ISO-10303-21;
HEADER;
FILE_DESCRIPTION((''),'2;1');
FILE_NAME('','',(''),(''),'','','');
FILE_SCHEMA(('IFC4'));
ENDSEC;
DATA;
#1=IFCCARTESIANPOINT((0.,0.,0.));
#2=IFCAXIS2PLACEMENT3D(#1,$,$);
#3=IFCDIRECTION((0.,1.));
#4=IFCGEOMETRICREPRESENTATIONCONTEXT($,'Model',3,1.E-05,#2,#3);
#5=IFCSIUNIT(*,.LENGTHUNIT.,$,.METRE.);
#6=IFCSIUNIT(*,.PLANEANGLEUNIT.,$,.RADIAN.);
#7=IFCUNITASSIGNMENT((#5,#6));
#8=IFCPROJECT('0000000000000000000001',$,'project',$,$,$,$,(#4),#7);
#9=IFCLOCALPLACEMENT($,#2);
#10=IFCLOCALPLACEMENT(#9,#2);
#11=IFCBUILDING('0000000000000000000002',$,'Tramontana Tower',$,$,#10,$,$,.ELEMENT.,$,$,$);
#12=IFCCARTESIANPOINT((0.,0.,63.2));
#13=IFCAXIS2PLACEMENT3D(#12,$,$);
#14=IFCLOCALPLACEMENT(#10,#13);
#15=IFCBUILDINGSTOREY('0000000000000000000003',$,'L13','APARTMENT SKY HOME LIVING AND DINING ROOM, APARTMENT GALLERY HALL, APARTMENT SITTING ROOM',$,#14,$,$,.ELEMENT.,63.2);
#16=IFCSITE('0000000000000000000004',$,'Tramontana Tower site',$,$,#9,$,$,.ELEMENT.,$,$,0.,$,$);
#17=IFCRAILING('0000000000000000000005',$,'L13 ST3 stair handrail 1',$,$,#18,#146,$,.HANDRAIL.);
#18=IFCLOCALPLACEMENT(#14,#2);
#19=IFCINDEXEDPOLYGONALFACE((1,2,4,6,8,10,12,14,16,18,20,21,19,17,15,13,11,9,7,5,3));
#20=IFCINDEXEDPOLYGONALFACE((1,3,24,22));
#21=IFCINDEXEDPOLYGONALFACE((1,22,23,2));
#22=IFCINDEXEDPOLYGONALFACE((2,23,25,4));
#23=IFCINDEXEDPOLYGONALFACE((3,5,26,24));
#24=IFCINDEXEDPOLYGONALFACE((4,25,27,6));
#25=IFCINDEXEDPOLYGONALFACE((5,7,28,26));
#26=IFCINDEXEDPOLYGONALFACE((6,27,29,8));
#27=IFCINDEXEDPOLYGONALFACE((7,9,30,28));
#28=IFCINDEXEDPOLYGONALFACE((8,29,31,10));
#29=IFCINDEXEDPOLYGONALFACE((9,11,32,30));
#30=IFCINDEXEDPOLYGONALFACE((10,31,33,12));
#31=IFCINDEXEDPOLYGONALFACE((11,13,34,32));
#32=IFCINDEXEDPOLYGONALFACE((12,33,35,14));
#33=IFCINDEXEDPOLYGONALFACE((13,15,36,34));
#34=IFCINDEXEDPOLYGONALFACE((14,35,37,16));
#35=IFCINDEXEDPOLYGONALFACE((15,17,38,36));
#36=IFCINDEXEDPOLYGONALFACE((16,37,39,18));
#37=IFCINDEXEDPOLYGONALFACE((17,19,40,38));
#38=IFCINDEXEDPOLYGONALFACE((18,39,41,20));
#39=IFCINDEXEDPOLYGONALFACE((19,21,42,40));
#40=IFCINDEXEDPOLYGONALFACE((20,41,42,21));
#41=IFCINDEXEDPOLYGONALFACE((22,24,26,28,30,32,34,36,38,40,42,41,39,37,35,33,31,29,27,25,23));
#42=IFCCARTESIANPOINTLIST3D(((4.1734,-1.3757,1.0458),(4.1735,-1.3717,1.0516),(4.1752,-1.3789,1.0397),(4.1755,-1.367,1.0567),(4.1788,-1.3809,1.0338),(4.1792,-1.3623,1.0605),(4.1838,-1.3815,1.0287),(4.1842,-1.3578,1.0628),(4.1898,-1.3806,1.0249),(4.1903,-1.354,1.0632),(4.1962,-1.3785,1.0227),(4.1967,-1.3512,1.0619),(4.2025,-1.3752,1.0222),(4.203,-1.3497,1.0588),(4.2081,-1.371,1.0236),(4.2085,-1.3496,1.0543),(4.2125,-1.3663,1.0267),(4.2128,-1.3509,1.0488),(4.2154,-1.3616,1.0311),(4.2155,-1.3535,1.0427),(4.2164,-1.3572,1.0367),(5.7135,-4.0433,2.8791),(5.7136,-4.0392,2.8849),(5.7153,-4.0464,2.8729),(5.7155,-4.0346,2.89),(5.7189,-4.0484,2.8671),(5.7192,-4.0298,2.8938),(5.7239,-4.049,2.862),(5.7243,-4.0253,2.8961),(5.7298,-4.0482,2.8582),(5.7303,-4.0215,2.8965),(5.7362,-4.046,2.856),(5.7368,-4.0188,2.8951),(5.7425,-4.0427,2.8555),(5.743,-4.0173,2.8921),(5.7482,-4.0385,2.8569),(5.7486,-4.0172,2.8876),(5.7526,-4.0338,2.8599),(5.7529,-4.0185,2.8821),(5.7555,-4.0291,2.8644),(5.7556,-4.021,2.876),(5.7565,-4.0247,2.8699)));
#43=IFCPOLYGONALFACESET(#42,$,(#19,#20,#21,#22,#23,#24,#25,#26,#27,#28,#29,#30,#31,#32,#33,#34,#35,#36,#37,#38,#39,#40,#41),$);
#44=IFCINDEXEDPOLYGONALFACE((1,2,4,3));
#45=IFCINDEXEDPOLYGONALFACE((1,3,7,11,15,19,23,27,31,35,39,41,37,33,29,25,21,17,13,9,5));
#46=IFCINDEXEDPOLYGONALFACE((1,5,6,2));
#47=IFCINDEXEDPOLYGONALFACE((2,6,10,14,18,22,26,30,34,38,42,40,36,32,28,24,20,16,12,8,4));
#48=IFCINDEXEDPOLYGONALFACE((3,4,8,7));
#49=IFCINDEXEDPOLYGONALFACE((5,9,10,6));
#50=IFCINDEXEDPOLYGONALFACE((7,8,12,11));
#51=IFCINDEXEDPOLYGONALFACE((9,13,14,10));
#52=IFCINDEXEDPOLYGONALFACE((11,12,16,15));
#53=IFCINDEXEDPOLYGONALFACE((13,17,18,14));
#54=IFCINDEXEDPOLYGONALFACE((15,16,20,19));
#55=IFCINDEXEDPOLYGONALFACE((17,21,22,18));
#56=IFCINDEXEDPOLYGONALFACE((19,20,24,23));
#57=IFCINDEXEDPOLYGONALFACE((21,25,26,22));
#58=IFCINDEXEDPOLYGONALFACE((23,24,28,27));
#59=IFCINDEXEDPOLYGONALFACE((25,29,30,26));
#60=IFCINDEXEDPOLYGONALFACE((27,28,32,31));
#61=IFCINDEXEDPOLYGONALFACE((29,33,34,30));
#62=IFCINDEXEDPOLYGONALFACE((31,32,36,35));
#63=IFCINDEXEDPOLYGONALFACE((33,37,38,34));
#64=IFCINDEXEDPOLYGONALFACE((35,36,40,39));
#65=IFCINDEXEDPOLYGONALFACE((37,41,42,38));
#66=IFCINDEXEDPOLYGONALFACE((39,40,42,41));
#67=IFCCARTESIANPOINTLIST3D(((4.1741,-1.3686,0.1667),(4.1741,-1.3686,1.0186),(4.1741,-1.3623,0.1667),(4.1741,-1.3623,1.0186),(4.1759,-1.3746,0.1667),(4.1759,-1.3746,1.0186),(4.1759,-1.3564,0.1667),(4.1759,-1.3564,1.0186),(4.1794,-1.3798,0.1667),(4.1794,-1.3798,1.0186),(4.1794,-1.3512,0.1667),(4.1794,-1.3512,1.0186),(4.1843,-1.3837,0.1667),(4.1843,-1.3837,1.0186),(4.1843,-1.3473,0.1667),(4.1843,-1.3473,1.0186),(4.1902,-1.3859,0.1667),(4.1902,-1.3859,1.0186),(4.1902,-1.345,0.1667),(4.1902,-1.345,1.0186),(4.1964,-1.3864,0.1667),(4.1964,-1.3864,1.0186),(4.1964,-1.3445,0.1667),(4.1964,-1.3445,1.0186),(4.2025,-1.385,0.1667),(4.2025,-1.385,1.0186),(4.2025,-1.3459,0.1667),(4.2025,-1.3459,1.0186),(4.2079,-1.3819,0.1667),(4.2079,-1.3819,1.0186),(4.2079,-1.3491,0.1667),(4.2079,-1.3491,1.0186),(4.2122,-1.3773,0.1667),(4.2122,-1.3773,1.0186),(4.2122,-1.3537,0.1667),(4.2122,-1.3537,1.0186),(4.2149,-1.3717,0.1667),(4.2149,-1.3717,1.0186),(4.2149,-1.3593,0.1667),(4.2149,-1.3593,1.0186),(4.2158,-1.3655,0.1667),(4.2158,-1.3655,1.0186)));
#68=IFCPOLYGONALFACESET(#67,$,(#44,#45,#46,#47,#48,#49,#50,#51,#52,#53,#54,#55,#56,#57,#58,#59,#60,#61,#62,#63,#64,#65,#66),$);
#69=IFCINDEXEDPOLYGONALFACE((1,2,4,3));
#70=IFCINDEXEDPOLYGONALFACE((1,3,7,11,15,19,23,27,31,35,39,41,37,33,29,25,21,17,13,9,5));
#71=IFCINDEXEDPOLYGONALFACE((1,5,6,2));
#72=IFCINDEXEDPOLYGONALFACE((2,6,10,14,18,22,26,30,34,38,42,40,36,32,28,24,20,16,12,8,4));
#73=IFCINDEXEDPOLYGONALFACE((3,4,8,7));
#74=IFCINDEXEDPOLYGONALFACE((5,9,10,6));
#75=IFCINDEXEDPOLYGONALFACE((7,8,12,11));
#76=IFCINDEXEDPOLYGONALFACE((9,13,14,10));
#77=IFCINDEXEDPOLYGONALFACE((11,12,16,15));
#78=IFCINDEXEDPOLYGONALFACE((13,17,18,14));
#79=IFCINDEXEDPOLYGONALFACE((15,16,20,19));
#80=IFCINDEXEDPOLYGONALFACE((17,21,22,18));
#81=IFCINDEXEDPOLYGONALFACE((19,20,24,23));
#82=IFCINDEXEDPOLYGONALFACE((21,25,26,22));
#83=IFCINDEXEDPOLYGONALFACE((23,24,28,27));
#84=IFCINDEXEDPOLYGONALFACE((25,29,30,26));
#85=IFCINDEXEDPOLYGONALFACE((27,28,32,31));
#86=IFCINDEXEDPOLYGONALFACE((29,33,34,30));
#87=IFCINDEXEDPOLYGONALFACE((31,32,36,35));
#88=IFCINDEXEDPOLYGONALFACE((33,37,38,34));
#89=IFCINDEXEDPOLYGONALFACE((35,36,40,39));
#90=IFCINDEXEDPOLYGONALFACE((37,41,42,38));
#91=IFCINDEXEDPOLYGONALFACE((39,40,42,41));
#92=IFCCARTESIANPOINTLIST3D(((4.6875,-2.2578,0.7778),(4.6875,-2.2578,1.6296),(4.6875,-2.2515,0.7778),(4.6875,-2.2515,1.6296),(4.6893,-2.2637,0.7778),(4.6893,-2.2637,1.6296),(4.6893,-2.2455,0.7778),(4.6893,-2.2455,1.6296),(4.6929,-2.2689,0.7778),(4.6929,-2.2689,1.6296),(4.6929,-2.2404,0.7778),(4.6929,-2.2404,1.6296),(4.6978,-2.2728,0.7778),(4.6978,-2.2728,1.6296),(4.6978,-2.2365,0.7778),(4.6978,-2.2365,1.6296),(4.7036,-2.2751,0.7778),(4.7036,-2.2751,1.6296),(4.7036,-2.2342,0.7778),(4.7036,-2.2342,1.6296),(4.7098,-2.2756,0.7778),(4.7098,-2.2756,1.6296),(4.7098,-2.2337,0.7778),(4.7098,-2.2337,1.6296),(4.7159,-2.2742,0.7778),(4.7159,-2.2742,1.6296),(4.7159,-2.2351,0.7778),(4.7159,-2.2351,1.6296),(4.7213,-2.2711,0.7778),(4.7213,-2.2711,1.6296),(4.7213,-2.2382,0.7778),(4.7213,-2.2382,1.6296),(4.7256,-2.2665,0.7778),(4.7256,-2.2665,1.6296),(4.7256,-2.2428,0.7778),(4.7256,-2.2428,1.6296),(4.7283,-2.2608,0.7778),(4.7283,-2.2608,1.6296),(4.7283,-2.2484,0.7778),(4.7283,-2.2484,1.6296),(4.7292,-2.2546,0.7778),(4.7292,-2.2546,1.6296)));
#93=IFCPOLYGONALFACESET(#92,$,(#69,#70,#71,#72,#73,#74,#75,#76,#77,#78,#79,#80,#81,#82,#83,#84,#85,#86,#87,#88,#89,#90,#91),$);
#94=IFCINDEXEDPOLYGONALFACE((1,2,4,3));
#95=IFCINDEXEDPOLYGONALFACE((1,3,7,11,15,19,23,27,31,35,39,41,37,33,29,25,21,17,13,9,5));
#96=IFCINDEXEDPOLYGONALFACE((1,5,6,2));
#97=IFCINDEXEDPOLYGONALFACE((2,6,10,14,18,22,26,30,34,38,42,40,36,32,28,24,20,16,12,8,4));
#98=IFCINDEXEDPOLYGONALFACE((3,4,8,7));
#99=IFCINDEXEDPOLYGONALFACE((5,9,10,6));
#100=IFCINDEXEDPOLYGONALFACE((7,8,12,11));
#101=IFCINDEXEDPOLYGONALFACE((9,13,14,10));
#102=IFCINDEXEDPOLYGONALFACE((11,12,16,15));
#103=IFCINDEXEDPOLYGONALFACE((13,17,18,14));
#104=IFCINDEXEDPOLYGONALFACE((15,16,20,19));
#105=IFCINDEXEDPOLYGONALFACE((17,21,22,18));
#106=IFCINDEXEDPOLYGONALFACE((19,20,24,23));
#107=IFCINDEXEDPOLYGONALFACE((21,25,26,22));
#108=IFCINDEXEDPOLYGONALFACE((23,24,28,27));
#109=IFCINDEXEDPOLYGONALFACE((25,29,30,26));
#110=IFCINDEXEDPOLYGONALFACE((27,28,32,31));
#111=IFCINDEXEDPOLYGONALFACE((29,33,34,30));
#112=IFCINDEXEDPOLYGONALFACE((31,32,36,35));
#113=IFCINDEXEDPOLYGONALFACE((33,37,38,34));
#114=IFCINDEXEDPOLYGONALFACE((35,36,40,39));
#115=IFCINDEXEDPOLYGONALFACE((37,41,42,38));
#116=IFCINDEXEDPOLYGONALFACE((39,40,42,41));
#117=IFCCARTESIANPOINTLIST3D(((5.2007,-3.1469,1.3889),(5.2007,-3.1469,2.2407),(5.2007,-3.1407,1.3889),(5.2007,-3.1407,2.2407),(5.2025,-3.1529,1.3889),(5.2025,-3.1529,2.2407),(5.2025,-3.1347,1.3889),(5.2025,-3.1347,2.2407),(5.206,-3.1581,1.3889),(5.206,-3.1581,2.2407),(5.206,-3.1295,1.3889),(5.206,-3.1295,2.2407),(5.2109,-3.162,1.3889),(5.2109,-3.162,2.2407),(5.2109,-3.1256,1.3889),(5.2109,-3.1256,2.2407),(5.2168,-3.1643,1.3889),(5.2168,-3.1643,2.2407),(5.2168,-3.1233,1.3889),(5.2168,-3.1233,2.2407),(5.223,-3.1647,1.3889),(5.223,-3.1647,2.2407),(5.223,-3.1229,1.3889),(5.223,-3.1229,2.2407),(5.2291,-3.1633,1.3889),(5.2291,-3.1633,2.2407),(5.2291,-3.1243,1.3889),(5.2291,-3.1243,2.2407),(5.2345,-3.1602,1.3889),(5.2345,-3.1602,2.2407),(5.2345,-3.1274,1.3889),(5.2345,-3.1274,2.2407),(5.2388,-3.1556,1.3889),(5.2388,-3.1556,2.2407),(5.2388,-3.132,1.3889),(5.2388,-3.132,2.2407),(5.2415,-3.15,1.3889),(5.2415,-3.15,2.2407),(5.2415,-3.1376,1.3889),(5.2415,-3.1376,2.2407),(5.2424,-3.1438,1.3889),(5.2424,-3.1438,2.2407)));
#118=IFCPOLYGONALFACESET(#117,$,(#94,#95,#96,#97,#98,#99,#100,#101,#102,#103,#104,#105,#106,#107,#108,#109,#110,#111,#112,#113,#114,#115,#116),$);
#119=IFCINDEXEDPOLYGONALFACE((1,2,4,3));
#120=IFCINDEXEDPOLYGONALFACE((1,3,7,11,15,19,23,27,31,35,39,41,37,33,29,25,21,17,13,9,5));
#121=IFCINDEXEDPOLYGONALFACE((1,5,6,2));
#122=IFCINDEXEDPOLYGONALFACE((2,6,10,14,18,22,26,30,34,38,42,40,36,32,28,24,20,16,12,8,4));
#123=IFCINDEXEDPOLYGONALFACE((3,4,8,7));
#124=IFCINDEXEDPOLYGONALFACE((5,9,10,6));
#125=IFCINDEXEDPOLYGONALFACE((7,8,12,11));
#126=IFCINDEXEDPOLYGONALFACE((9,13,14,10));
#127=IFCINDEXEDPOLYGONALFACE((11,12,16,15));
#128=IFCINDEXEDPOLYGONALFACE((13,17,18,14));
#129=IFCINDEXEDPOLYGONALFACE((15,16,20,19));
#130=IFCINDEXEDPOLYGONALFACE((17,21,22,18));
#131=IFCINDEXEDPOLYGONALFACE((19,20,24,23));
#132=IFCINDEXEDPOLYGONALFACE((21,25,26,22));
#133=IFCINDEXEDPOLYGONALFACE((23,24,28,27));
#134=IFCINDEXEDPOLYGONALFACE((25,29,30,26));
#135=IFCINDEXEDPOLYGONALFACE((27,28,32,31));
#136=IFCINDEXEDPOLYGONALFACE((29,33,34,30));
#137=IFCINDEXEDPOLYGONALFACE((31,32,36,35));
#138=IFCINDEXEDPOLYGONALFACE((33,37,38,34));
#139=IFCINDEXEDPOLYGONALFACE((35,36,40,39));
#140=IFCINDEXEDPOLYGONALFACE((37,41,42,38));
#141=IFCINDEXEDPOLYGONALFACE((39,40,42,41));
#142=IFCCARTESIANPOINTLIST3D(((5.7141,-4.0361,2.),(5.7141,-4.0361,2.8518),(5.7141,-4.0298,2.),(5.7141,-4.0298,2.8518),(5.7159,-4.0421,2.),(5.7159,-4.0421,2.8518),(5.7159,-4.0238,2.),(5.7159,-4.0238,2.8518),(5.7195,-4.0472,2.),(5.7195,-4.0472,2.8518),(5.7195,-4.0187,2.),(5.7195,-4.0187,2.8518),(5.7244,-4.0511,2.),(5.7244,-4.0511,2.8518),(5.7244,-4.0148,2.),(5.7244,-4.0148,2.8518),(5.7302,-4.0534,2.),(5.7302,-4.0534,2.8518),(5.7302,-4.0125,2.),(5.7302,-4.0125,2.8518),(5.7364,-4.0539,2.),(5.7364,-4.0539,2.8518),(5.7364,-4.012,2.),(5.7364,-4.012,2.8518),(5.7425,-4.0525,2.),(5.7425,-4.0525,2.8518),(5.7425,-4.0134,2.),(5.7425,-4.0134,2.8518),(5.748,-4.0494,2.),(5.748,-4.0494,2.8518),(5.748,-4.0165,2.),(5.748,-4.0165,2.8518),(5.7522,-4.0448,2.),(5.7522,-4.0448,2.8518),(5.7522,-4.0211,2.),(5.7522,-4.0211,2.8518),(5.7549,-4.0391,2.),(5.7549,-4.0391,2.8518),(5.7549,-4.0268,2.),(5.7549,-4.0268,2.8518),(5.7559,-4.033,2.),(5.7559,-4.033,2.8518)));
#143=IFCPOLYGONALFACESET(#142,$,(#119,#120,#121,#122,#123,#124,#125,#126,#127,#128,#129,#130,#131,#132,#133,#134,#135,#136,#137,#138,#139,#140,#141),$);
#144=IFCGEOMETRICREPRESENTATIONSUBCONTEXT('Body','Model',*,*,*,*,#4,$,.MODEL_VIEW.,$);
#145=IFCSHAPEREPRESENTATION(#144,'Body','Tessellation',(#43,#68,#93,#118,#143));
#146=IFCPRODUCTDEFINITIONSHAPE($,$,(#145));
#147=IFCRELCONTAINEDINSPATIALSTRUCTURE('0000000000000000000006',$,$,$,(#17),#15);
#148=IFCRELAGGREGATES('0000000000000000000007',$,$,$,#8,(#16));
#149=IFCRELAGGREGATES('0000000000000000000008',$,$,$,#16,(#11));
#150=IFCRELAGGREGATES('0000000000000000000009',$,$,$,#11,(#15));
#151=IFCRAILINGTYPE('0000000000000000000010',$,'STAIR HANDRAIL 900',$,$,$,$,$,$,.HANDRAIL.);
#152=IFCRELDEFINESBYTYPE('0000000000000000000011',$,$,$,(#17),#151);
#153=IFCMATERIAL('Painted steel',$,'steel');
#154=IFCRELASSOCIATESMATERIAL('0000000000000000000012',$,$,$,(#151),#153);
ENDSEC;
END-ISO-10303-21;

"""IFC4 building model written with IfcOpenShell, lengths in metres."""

from ifc_helpers import new_model, si_unit, direction, frame, origin, origin_2d, place, context, subcontext, project, spatial, circle, extrude, material, type_object, element, save


model = new_model("IFC4")

# Units and contexts
model_context = context("Model", 3, precision=1e-05, world=origin(), true_north=direction((0.0, 1.0)))
body_context = subcontext(model_context, "Body", "Model", "MODEL_VIEW")
ifc_project = project(units=[si_unit("LENGTHUNIT", "METRE"), si_unit("PLANEANGLEUNIT", "RADIAN")], contexts=[model_context])

# Site, building, storey
site_placement = place(None, origin())
site = spatial("IfcSite", under=ifc_project, at=site_placement, Name="Tramontana Tower site", CompositionType="ELEMENT", RefElevation=0.0)
building_placement = place(site_placement, origin())
building = spatial("IfcBuilding", under=site, at=building_placement, Name="Tramontana Tower", CompositionType="ELEMENT")
storey_placement = place(building_placement, frame((0.0, 0.0, 63.2)))
storey = spatial("IfcBuildingStorey", under=building, at=storey_placement, Name="L13", Description="APARTMENT SKY HOME LIVING AND DINING ROOM, APARTMENT GALLERY HALL, APARTMENT SITTING ROOM", CompositionType="ELEMENT", Elevation=63.2)

# Railing
ifc_material_1 = material(Name="Painted steel", Category="steel")
railing_type_1 = type_object("IfcRailingType", Name="STAIR HANDRAIL 900", PredefinedType="HANDRAIL", material=ifc_material_1)
railing_1_placement = place(storey_placement, frame((4.1948, -1.3655, 0.1667)))
element("IfcRailing", 1, at=railing_1_placement, inside=storey, type_object=railing_type_1, Name="L13 ST3 stair handrail 1", PredefinedType="HANDRAIL", context=body_context, shape_type="SweptSolid", body=[
    extrude(circle(Radius=0.0239, at=origin_2d()), frame((0.0, 0.0, 0.876), z_axis=(0.429649, -0.74419, 0.511452), x_axis=(0.86603, 0.499992, 0.0)), (0.0, 0.0, 1.0), 3.5845),
    extrude(circle(Radius=0.021, at=origin_2d()), origin(), (0.0, 0.0, 1.0), 0.8518),
    extrude(circle(Radius=0.021, at=origin_2d()), frame((0.5134, -0.8892, 0.6111)), (0.0, 0.0, 1.0), 0.8518),
    extrude(circle(Radius=0.021, at=origin_2d()), frame((1.0266, -1.7783, 1.2222)), (0.0, 0.0, 1.0), 0.8518),
    extrude(circle(Radius=0.021, at=origin_2d()), frame((1.54, -2.6675, 1.8333)), (0.0, 0.0, 1.0), 0.8518),
])

save(model, "model.ifc")
